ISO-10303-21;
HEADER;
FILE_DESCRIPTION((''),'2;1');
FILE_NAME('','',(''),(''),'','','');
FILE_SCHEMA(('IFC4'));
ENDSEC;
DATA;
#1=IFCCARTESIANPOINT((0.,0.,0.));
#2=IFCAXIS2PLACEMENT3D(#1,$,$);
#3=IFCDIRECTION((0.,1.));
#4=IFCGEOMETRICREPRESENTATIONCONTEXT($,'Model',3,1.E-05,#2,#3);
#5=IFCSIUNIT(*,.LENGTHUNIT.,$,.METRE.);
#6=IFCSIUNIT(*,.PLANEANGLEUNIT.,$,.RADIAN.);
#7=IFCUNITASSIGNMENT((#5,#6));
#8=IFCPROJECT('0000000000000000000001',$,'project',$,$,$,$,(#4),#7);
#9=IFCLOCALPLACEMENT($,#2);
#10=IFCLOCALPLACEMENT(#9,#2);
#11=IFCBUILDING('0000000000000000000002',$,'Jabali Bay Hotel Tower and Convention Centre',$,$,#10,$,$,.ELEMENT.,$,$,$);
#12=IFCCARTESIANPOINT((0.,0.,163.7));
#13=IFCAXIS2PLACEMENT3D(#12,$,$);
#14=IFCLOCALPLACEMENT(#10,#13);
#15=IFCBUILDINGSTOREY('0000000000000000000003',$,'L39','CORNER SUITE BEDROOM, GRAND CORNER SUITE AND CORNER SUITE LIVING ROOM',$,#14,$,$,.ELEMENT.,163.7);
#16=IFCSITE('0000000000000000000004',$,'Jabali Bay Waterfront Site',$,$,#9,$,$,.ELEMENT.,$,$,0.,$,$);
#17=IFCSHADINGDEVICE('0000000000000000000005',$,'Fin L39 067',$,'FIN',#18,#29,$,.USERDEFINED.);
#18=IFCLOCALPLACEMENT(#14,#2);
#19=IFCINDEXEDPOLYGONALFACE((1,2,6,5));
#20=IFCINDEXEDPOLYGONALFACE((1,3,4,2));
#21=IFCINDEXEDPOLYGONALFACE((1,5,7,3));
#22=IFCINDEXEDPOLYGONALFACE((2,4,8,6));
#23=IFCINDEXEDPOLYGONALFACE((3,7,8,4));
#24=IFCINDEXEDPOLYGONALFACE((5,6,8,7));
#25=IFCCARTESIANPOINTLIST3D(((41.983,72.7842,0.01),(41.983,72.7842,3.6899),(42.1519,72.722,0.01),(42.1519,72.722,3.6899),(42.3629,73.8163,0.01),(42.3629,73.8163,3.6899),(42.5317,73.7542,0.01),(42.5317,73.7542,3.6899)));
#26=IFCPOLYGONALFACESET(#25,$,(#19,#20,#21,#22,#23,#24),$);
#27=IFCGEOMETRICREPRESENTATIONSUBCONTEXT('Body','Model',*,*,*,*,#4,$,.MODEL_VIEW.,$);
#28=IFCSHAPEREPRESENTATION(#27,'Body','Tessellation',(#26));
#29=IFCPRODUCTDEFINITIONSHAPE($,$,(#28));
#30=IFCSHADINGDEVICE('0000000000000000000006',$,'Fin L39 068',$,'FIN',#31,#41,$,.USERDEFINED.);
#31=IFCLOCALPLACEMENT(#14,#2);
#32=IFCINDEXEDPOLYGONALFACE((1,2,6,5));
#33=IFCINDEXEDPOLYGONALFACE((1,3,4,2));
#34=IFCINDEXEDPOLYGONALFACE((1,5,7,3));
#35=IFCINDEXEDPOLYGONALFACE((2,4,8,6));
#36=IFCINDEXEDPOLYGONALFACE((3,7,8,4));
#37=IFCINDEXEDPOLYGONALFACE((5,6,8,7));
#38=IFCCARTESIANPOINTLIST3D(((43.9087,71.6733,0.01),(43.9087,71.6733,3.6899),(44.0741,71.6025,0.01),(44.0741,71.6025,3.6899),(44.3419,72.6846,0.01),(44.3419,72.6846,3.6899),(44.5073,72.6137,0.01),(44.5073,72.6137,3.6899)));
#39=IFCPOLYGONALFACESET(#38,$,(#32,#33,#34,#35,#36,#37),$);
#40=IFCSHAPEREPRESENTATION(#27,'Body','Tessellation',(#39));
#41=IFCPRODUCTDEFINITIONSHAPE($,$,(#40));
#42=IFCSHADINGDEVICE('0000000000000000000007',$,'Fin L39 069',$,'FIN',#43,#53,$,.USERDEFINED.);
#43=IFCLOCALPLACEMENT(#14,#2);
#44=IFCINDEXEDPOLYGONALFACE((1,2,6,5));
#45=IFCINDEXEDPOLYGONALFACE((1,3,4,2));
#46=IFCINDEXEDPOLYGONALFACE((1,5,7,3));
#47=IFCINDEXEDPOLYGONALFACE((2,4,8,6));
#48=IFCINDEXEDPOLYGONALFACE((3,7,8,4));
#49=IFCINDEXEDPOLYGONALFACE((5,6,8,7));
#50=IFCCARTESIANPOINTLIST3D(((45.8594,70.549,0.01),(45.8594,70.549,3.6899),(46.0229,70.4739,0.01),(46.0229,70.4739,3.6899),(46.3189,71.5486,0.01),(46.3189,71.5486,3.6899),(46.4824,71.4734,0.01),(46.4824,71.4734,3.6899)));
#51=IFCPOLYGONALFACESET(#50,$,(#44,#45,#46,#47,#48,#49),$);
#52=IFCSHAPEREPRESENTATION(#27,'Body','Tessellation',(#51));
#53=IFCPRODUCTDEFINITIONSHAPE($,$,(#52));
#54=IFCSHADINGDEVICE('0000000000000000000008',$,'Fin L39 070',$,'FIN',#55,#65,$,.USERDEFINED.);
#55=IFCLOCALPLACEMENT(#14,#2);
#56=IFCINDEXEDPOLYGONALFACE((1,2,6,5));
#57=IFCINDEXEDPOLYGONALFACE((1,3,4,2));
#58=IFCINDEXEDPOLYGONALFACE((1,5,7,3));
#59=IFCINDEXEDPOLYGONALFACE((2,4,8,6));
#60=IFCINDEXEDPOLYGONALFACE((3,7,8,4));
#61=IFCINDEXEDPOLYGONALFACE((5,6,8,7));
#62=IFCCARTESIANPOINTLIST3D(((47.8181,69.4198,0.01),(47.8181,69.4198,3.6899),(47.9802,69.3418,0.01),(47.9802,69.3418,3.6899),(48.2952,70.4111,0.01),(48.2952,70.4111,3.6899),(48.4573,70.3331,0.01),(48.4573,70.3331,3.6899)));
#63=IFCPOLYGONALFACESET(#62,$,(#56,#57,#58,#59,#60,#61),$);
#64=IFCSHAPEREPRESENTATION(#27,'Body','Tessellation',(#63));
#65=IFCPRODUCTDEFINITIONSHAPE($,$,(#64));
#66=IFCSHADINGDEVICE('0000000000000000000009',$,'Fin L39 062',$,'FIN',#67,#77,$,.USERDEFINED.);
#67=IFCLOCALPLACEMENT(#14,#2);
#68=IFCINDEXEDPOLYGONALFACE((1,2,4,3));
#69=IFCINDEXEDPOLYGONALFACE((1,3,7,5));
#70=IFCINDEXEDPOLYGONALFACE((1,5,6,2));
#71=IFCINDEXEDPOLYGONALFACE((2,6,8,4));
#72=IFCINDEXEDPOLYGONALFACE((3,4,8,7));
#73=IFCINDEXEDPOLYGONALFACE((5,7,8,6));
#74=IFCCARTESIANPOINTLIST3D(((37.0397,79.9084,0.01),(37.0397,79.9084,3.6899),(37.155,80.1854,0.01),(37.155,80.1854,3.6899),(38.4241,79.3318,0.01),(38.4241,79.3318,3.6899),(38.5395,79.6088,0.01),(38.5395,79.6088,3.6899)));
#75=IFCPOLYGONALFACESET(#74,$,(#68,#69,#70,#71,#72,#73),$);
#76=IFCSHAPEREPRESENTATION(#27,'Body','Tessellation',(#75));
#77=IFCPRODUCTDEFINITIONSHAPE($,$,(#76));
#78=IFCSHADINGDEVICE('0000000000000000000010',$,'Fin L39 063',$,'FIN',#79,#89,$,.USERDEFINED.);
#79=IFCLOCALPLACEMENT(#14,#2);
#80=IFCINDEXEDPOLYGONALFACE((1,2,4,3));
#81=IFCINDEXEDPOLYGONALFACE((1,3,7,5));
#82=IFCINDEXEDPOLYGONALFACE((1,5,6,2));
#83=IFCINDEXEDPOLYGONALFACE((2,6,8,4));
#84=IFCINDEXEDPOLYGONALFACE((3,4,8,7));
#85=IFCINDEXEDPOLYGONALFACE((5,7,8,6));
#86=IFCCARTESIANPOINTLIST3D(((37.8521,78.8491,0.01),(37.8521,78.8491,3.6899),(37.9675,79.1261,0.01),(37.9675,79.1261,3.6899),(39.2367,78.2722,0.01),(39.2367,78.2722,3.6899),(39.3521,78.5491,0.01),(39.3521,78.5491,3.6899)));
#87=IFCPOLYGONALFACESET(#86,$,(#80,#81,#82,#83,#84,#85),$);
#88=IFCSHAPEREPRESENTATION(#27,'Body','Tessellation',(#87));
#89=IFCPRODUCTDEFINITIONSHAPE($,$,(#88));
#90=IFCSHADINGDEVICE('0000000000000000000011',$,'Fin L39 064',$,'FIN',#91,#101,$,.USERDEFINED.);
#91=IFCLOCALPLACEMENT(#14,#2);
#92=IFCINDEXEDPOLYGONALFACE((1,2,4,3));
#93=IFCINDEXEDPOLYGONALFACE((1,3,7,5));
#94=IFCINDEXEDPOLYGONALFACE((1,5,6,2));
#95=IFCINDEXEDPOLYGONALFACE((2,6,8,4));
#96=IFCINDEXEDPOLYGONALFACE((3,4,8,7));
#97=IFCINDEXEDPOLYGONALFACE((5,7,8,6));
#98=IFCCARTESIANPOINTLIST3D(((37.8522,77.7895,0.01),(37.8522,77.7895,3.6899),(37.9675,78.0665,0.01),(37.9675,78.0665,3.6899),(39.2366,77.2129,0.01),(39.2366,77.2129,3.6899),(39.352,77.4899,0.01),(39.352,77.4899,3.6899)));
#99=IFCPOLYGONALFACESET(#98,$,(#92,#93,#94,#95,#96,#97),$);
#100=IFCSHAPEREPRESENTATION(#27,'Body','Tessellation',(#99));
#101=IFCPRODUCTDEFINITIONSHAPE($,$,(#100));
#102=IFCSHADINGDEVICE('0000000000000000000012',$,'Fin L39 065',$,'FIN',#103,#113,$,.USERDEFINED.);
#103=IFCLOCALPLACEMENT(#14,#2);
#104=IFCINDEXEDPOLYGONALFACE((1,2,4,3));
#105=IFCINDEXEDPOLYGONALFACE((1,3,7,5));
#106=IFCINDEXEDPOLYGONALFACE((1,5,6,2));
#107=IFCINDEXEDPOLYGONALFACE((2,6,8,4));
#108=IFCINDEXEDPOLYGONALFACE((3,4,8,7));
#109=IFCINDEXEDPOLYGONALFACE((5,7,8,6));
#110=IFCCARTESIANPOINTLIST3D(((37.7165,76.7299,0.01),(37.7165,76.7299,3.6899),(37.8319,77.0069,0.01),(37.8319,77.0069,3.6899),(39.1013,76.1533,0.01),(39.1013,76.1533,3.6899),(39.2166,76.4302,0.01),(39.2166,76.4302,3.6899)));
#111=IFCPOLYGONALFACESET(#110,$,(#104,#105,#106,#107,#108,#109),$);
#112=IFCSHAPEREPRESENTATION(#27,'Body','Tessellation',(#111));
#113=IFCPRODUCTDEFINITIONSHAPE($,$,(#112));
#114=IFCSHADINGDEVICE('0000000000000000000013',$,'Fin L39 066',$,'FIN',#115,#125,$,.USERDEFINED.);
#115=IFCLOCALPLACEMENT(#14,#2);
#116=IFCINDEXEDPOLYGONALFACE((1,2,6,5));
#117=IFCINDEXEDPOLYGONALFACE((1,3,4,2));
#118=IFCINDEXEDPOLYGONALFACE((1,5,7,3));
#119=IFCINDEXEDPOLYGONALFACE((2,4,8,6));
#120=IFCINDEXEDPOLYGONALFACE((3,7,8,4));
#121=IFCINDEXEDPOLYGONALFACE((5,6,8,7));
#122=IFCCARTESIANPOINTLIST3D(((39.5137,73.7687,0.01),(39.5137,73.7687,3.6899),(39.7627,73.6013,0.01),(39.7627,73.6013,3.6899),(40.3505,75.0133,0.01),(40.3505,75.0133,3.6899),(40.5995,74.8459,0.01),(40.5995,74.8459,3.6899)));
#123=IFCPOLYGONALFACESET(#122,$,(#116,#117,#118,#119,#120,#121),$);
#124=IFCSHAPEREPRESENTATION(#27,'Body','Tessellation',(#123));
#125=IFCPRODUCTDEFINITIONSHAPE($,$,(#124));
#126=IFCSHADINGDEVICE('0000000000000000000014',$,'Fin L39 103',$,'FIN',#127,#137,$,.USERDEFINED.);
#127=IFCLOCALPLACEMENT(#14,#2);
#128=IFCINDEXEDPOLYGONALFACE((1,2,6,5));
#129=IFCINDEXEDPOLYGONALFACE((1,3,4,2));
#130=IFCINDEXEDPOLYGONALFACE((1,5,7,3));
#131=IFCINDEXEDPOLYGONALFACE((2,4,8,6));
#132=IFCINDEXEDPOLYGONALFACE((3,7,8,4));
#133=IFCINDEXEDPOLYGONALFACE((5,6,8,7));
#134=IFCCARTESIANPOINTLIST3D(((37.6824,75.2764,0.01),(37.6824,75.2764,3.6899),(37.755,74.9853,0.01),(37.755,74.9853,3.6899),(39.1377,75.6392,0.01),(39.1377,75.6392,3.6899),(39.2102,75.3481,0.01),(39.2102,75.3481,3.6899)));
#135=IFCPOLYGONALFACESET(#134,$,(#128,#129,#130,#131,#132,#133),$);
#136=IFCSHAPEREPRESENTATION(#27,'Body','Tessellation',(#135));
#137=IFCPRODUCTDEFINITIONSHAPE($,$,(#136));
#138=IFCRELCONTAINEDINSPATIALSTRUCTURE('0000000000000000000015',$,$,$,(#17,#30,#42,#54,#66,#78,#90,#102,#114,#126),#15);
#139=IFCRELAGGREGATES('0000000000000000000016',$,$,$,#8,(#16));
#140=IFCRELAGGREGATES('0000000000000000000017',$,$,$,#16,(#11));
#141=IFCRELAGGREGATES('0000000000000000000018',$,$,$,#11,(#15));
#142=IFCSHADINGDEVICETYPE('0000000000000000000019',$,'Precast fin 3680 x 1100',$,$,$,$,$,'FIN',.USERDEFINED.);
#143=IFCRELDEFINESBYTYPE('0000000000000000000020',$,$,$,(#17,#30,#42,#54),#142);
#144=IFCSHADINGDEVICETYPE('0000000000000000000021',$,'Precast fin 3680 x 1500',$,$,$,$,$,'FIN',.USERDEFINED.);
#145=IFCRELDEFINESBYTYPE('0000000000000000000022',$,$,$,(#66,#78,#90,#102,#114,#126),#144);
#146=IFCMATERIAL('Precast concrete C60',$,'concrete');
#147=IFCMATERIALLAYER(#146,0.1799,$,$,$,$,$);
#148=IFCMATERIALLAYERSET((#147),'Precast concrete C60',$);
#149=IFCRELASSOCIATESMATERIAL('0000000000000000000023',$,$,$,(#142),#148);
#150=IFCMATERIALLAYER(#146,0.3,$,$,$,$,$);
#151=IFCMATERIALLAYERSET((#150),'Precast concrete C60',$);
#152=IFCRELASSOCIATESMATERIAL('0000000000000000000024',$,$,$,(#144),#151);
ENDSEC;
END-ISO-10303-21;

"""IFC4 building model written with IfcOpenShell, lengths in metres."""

from ifc_helpers import new_model, si_unit, direction, frame, frame_2d, origin, place, context, subcontext, project, spatial, rectangle, extrude, material, layer, layer_set, type_object, element, save


model = new_model("IFC4")

# Units and contexts
model_context = context("Model", 3, precision=1e-05, world=origin(), true_north=direction((0.0, 1.0)))
body_context = subcontext(model_context, "Body", "Model", "MODEL_VIEW")
ifc_project = project(units=[si_unit("LENGTHUNIT", "METRE"), si_unit("PLANEANGLEUNIT", "RADIAN")], contexts=[model_context])

# Site, building, storey
site_placement = place(None, origin())
site = spatial("IfcSite", under=ifc_project, at=site_placement, Name="Jabali Bay Waterfront Site", CompositionType="ELEMENT", RefElevation=0.0)
building_placement = place(site_placement, origin())
building = spatial("IfcBuilding", under=site, at=building_placement, Name="Jabali Bay Hotel Tower and Convention Centre", CompositionType="ELEMENT")
storey_placement = place(building_placement, frame((0.0, 0.0, 163.7)))
storey = spatial("IfcBuildingStorey", under=building, at=storey_placement, Name="L39", Description="CORNER SUITE BEDROOM, GRAND CORNER SUITE AND CORNER SUITE LIVING ROOM", CompositionType="ELEMENT", Elevation=163.7)

# Shading devices
ifc_material_1 = material(Name="Precast concrete C60", Category="concrete")
ifc_layer_1 = layer(ifc_material_1, 0.1799)
ifc_layer_set_1 = layer_set([ifc_layer_1], Name="Precast concrete C60")
shading_device_type_1 = type_object("IfcShadingDeviceType", Name="Precast fin 3680 x 1100", ElementType="FIN", PredefinedType="USERDEFINED", material=ifc_layer_set_1)
shading_device_1_placement = place(storey_placement, frame((42.4473, 73.7852, 0.01), z_axis=(0.0, 0.0, 1.0), x_axis=(-0.345376, -0.938464, 0.0)))
element("IfcShadingDevice", 1, at=shading_device_1_placement, inside=storey, type_object=shading_device_type_1, Name="Fin L39 067", ObjectType="FIN", PredefinedType="USERDEFINED", context=body_context, shape_type="SweptSolid", body=[
    extrude(rectangle(XDim=1.0999, YDim=0.1799, at=frame_2d((0.5498, 0.0))), origin(), (0.0, 0.0, 1.0), 3.6799),
])
for number, where, z_axis, x_axis, name in (
    (2, (44.4246, 72.6492, 0.01), (0.0, 0.0, 1.0), (-0.393705, -0.919237, 0.0), "Fin L39 068"),
    (3, (46.4006, 71.511, 0.01), (0.0, 0.0, 1.0), (-0.417678, -0.908595, 0.0), "Fin L39 069"),
    (4, (48.3762, 70.3721, 0.01), (0.0, 0.0, 1.0), (-0.433669, -0.901072, 0.0), "Fin L39 070"),
):
    element("IfcShadingDevice", number, at=place(storey_placement, frame(where, z_axis=z_axis, x_axis=x_axis)), inside=storey, type_object=shading_device_type_1, Name=name, ObjectType="FIN", PredefinedType="USERDEFINED", context=body_context, shape_type="SweptSolid", body=[
        extrude(rectangle(XDim=1.1001, YDim=0.1799, at=frame_2d((0.55, 0.0))), origin(), (0.0, 0.0, 1.0), 3.6799),
    ])
ifc_layer_2 = layer(ifc_material_1, 0.3)
ifc_layer_set_2 = layer_set([ifc_layer_2], Name="Precast concrete C60")
shading_device_type_2 = type_object("IfcShadingDeviceType", Name="Precast fin 3680 x 1500", ElementType="FIN", PredefinedType="USERDEFINED", material=ifc_layer_set_2)
shading_device_2_placement = place(storey_placement, frame((38.4819, 79.4702, 0.01), z_axis=(0.0, 0.0, 1.0), x_axis=(-0.92313, 0.384488, 0.0)))
element("IfcShadingDevice", 5, at=shading_device_2_placement, inside=storey, type_object=shading_device_type_2, Name="Fin L39 062", ObjectType="FIN", PredefinedType="USERDEFINED", context=body_context, shape_type="SweptSolid", body=[
    extrude(rectangle(XDim=1.4998, YDim=0.3, at=frame_2d((0.75, 0.0))), origin(), (0.0, 0.0, 1.0), 3.6799),
])
shading_device_3_placement = place(storey_placement, frame((39.2944, 78.4106, 0.01), z_axis=(0.0, 0.0, 1.0), x_axis=(-0.923072, 0.384627, 0.0)))
element("IfcShadingDevice", 6, at=shading_device_3_placement, inside=storey, type_object=shading_device_type_2, Name="Fin L39 063", ObjectType="FIN", PredefinedType="USERDEFINED", context=body_context, shape_type="SweptSolid", body=[
    extrude(rectangle(XDim=1.5, YDim=0.3, at=frame_2d((0.75, 0.0))), origin(), (0.0, 0.0, 1.0), 3.6799),
])
shading_device_4_placement = place(storey_placement, frame((39.2944, 77.3513, 0.01), z_axis=(0.0, 0.0, 1.0), x_axis=(-0.92313, 0.384488, 0.0)))
element("IfcShadingDevice", 7, at=shading_device_4_placement, inside=storey, type_object=shading_device_type_2, Name="Fin L39 064", ObjectType="FIN", PredefinedType="USERDEFINED", context=body_context, shape_type="SweptSolid", body=[
    extrude(rectangle(XDim=1.4998, YDim=0.3, at=frame_2d((0.75, 0.0))), origin(), (0.0, 0.0, 1.0), 3.6799),
])
shading_device_5_placement = place(storey_placement, frame((39.1589, 76.2917, 0.01), z_axis=(0.0, 0.0, 1.0), x_axis=(-0.923154, 0.38443, 0.0)))
element("IfcShadingDevice", 8, at=shading_device_5_placement, inside=storey, type_object=shading_device_type_2, Name="Fin L39 065", ObjectType="FIN", PredefinedType="USERDEFINED", context=body_context, shape_type="SweptSolid", body=[
    extrude(rectangle(XDim=1.5, YDim=0.3, at=frame_2d((0.75, 0.0))), origin(), (0.0, 0.0, 1.0), 3.6799),
])
for number, where, z_axis, x_axis, name in (
    (9, (40.4751, 74.9297, 0.01), (0.0, 0.0, 1.0), (-0.558001, -0.82984, 0.0), "Fin L39 066"),
    (10, (39.1741, 75.4937, 0.01), (0.0, 0.0, 1.0), (-0.970305, -0.241884, 0.0), "Fin L39 103"),
):
    element("IfcShadingDevice", number, at=place(storey_placement, frame(where, z_axis=z_axis, x_axis=x_axis)), inside=storey, type_object=shading_device_type_2, Name=name, ObjectType="FIN", PredefinedType="USERDEFINED", context=body_context, shape_type="SweptSolid", body=[
        extrude(rectangle(XDim=1.4998, YDim=0.3, at=frame_2d((0.75, 0.0))), origin(), (0.0, 0.0, 1.0), 3.6799),
    ])

save(model, "model.ifc")
